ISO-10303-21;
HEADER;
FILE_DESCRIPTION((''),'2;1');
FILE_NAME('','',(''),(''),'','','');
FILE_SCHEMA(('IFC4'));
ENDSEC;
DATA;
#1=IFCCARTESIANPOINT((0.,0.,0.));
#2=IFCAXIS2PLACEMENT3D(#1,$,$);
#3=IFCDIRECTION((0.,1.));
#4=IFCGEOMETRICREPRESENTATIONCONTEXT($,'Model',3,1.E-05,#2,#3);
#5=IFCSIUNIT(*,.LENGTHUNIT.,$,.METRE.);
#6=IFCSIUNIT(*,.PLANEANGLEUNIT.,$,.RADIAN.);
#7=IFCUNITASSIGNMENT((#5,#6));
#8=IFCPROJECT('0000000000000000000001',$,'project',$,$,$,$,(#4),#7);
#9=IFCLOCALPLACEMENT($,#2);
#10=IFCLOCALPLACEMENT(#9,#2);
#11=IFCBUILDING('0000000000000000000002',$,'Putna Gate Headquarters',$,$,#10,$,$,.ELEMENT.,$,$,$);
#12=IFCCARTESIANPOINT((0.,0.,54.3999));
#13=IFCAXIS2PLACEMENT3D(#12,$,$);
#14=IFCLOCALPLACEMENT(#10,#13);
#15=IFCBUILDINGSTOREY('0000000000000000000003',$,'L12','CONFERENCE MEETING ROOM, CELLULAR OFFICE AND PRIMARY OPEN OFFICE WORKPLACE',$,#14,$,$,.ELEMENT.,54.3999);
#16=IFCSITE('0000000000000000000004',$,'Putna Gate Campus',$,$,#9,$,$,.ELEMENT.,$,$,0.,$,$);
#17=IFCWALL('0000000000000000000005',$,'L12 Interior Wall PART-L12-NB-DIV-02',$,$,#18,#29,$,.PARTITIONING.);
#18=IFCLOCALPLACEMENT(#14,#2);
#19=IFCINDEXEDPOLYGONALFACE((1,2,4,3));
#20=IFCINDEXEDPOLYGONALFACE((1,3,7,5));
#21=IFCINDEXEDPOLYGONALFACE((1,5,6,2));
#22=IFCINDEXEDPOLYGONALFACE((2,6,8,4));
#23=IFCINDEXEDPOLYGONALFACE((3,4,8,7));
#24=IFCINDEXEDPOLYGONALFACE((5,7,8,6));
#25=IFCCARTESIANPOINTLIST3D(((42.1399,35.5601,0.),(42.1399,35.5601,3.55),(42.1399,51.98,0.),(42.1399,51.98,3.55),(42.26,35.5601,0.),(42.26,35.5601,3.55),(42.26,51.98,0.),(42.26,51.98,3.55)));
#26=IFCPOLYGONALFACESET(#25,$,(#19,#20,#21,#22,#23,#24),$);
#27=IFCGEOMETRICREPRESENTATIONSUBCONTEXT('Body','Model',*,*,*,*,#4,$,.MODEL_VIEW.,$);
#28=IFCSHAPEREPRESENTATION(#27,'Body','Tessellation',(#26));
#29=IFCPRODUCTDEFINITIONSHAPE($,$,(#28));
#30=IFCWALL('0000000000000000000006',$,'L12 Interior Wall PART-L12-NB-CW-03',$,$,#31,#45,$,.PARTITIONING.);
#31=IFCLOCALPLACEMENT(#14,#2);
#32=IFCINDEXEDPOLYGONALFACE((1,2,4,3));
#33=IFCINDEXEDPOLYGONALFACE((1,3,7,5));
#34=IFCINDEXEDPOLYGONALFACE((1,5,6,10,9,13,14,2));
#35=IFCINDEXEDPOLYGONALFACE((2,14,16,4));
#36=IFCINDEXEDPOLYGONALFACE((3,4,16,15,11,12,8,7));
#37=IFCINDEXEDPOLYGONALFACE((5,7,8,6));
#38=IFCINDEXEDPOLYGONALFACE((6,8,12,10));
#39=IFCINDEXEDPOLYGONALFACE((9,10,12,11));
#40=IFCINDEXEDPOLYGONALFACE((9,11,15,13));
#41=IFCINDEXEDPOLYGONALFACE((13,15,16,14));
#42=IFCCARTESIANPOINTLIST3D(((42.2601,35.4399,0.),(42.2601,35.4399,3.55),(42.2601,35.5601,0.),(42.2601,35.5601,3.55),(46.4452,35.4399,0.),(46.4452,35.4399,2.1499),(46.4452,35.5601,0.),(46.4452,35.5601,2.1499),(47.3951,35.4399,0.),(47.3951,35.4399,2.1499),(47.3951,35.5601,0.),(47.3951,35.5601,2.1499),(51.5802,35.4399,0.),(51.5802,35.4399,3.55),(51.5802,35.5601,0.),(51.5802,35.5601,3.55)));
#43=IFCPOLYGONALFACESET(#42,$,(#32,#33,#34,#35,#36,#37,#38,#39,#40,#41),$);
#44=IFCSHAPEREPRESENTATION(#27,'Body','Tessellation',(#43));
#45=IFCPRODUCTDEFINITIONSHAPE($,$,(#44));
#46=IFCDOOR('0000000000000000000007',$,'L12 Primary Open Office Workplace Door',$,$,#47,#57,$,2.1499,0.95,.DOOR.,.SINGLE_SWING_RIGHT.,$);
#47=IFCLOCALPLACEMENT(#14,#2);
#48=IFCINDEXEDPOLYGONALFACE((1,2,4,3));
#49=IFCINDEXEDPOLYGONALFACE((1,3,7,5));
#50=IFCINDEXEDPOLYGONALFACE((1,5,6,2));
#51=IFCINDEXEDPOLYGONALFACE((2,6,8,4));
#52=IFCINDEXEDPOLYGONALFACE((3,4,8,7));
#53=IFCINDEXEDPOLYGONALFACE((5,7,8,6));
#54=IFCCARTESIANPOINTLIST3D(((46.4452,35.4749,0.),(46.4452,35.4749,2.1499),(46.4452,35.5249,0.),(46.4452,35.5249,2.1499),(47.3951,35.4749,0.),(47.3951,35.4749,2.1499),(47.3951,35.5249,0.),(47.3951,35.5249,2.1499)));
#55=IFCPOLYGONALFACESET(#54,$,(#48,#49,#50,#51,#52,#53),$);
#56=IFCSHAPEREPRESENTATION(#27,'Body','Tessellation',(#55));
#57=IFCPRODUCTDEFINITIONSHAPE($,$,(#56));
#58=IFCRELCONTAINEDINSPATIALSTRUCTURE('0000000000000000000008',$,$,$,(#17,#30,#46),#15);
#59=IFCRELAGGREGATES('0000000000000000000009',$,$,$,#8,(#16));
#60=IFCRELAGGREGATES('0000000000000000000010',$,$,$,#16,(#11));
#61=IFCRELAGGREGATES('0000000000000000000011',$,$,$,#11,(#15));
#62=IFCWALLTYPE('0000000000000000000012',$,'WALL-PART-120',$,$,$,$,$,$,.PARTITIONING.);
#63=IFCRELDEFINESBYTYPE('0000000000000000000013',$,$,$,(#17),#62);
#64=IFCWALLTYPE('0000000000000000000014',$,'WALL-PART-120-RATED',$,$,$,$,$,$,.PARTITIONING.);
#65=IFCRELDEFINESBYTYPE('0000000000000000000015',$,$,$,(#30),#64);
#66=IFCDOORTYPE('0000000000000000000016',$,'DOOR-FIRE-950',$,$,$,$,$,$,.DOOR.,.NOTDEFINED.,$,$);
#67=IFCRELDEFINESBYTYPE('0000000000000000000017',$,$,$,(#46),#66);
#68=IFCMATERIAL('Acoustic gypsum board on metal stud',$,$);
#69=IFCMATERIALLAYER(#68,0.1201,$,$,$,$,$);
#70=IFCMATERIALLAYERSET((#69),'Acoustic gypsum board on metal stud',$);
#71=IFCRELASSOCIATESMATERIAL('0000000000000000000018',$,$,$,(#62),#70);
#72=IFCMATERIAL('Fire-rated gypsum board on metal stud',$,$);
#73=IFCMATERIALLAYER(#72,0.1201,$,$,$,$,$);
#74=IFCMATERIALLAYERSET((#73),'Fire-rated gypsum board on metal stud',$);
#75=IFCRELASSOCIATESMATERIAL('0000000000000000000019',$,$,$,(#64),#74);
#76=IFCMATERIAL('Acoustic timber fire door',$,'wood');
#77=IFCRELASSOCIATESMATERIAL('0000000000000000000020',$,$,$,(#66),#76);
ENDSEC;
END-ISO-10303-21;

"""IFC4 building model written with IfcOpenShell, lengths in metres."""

from ifc_helpers import new_model, si_unit, direction, frame, frame_2d, origin, place, context, subcontext, project, spatial, rectangle, extrude, material, layer, layer_set, type_object, element, fill, save


model = new_model("IFC4")

# Units and contexts
model_context = context("Model", 3, precision=1e-05, world=origin(), true_north=direction((0.0, 1.0)))
body_context = subcontext(model_context, "Body", "Model", "MODEL_VIEW")
ifc_project = project(units=[si_unit("LENGTHUNIT", "METRE"), si_unit("PLANEANGLEUNIT", "RADIAN")], contexts=[model_context])

# Site, building, storey
site_placement = place(None, origin())
site = spatial("IfcSite", under=ifc_project, at=site_placement, Name="Putna Gate Campus", CompositionType="ELEMENT", RefElevation=0.0)
building_placement = place(site_placement, origin())
building = spatial("IfcBuilding", under=site, at=building_placement, Name="Putna Gate Headquarters", CompositionType="ELEMENT")
storey_placement = place(building_placement, frame((0.0, 0.0, 54.3999)))
storey = spatial("IfcBuildingStorey", under=building, at=storey_placement, Name="L12", Description="CONFERENCE MEETING ROOM, CELLULAR OFFICE AND PRIMARY OPEN OFFICE WORKPLACE", CompositionType="ELEMENT", Elevation=54.3999)

# Shared definitions
ifc_material_1 = material(Name="Acoustic gypsum board on metal stud")
ifc_layer_1 = layer(ifc_material_1, 0.1201)
ifc_layer_set_1 = layer_set([ifc_layer_1], Name="Acoustic gypsum board on metal stud")
wall_type_1 = type_object("IfcWallType", Name="WALL-PART-120", PredefinedType="PARTITIONING", material=ifc_layer_set_1)

# Wall
wall_1_placement = place(storey_placement, frame((42.2, 35.5601, 0.0), z_axis=(0.0, 0.0, 1.0), x_axis=(0.0, 1.0, 0.0)))
element("IfcWall", 1, at=wall_1_placement, inside=storey, type_object=wall_type_1, Name="L12 Interior Wall PART-L12-NB-DIV-02", PredefinedType="PARTITIONING", context=body_context, shape_type="SweptSolid", body=[
    extrude(rectangle(XDim=16.4199, YDim=0.1201, at=frame_2d((8.21, 0.0))), origin(), (0.0, 0.0, 1.0), 3.55),
])

# Wall, opening, door
ifc_material_2 = material(Name="Fire-rated gypsum board on metal stud")
ifc_layer_2 = layer(ifc_material_2, 0.1201)
ifc_layer_set_2 = layer_set([ifc_layer_2], Name="Fire-rated gypsum board on metal stud")
wall_type_2 = type_object("IfcWallType", Name="WALL-PART-120-RATED", PredefinedType="PARTITIONING", material=ifc_layer_set_2)
wall_2_placement = place(storey_placement, frame((42.26, 35.5, 0.0), z_axis=(0.0, 0.0, 1.0), x_axis=(1.0, 0.0, 0.0)))
wall_2 = element("IfcWall", 2, at=wall_2_placement, inside=storey, type_object=wall_type_2, Name="L12 Interior Wall PART-L12-NB-CW-03", PredefinedType="PARTITIONING", context=body_context, shape_type="SweptSolid", body=[
    extrude(rectangle(XDim=9.3201, YDim=0.1201, at=frame_2d((4.6602, 0.0))), origin(), (0.0, 0.0, 1.0), 3.55),
])
opening_1_placement = place(wall_2_placement, frame((4.1851, 0.0, 0.0)))
opening_1 = element("IfcOpeningElement", 3, at=opening_1_placement, cuts=wall_2, PredefinedType="OPENING", context=body_context, shape_type="SweptSolid", body=[
    extrude(rectangle(XDim=0.95, YDim=2.1499, at=frame_2d((0.4751, 1.075))), frame((0.0, 0.0701, 0.0), z_axis=(0.0, -1.0, 0.0), x_axis=(1.0, 0.0, 0.0)), (0.0, 0.0, 1.0), 0.1401),
])
ifc_material_3 = material(Name="Acoustic timber fire door", Category="wood")
door_type_1 = type_object("IfcDoorType", Name="DOOR-FIRE-950", OperationType="NOTDEFINED", PredefinedType="DOOR", material=ifc_material_3)
door_1_placement = place(opening_1_placement, origin())
door_1 = element("IfcDoor", 4, at=door_1_placement, inside=storey, type_object=door_type_1, Name="L12 Primary Open Office Workplace Door", OperationType="SINGLE_SWING_RIGHT", OverallHeight=2.1499, OverallWidth=0.95, PredefinedType="DOOR", context=body_context, shape_type="SweptSolid", body=[
    extrude(rectangle(XDim=0.95, YDim=2.1499, at=frame_2d((0.4751, 1.075))), frame((0.0, 0.0249, 0.0), z_axis=(0.0, -1.0, 0.0), x_axis=(1.0, 0.0, 0.0)), (0.0, 0.0, 1.0), 0.05),
])
fill(opening_1, door_1)

save(model, "model.ifc")
